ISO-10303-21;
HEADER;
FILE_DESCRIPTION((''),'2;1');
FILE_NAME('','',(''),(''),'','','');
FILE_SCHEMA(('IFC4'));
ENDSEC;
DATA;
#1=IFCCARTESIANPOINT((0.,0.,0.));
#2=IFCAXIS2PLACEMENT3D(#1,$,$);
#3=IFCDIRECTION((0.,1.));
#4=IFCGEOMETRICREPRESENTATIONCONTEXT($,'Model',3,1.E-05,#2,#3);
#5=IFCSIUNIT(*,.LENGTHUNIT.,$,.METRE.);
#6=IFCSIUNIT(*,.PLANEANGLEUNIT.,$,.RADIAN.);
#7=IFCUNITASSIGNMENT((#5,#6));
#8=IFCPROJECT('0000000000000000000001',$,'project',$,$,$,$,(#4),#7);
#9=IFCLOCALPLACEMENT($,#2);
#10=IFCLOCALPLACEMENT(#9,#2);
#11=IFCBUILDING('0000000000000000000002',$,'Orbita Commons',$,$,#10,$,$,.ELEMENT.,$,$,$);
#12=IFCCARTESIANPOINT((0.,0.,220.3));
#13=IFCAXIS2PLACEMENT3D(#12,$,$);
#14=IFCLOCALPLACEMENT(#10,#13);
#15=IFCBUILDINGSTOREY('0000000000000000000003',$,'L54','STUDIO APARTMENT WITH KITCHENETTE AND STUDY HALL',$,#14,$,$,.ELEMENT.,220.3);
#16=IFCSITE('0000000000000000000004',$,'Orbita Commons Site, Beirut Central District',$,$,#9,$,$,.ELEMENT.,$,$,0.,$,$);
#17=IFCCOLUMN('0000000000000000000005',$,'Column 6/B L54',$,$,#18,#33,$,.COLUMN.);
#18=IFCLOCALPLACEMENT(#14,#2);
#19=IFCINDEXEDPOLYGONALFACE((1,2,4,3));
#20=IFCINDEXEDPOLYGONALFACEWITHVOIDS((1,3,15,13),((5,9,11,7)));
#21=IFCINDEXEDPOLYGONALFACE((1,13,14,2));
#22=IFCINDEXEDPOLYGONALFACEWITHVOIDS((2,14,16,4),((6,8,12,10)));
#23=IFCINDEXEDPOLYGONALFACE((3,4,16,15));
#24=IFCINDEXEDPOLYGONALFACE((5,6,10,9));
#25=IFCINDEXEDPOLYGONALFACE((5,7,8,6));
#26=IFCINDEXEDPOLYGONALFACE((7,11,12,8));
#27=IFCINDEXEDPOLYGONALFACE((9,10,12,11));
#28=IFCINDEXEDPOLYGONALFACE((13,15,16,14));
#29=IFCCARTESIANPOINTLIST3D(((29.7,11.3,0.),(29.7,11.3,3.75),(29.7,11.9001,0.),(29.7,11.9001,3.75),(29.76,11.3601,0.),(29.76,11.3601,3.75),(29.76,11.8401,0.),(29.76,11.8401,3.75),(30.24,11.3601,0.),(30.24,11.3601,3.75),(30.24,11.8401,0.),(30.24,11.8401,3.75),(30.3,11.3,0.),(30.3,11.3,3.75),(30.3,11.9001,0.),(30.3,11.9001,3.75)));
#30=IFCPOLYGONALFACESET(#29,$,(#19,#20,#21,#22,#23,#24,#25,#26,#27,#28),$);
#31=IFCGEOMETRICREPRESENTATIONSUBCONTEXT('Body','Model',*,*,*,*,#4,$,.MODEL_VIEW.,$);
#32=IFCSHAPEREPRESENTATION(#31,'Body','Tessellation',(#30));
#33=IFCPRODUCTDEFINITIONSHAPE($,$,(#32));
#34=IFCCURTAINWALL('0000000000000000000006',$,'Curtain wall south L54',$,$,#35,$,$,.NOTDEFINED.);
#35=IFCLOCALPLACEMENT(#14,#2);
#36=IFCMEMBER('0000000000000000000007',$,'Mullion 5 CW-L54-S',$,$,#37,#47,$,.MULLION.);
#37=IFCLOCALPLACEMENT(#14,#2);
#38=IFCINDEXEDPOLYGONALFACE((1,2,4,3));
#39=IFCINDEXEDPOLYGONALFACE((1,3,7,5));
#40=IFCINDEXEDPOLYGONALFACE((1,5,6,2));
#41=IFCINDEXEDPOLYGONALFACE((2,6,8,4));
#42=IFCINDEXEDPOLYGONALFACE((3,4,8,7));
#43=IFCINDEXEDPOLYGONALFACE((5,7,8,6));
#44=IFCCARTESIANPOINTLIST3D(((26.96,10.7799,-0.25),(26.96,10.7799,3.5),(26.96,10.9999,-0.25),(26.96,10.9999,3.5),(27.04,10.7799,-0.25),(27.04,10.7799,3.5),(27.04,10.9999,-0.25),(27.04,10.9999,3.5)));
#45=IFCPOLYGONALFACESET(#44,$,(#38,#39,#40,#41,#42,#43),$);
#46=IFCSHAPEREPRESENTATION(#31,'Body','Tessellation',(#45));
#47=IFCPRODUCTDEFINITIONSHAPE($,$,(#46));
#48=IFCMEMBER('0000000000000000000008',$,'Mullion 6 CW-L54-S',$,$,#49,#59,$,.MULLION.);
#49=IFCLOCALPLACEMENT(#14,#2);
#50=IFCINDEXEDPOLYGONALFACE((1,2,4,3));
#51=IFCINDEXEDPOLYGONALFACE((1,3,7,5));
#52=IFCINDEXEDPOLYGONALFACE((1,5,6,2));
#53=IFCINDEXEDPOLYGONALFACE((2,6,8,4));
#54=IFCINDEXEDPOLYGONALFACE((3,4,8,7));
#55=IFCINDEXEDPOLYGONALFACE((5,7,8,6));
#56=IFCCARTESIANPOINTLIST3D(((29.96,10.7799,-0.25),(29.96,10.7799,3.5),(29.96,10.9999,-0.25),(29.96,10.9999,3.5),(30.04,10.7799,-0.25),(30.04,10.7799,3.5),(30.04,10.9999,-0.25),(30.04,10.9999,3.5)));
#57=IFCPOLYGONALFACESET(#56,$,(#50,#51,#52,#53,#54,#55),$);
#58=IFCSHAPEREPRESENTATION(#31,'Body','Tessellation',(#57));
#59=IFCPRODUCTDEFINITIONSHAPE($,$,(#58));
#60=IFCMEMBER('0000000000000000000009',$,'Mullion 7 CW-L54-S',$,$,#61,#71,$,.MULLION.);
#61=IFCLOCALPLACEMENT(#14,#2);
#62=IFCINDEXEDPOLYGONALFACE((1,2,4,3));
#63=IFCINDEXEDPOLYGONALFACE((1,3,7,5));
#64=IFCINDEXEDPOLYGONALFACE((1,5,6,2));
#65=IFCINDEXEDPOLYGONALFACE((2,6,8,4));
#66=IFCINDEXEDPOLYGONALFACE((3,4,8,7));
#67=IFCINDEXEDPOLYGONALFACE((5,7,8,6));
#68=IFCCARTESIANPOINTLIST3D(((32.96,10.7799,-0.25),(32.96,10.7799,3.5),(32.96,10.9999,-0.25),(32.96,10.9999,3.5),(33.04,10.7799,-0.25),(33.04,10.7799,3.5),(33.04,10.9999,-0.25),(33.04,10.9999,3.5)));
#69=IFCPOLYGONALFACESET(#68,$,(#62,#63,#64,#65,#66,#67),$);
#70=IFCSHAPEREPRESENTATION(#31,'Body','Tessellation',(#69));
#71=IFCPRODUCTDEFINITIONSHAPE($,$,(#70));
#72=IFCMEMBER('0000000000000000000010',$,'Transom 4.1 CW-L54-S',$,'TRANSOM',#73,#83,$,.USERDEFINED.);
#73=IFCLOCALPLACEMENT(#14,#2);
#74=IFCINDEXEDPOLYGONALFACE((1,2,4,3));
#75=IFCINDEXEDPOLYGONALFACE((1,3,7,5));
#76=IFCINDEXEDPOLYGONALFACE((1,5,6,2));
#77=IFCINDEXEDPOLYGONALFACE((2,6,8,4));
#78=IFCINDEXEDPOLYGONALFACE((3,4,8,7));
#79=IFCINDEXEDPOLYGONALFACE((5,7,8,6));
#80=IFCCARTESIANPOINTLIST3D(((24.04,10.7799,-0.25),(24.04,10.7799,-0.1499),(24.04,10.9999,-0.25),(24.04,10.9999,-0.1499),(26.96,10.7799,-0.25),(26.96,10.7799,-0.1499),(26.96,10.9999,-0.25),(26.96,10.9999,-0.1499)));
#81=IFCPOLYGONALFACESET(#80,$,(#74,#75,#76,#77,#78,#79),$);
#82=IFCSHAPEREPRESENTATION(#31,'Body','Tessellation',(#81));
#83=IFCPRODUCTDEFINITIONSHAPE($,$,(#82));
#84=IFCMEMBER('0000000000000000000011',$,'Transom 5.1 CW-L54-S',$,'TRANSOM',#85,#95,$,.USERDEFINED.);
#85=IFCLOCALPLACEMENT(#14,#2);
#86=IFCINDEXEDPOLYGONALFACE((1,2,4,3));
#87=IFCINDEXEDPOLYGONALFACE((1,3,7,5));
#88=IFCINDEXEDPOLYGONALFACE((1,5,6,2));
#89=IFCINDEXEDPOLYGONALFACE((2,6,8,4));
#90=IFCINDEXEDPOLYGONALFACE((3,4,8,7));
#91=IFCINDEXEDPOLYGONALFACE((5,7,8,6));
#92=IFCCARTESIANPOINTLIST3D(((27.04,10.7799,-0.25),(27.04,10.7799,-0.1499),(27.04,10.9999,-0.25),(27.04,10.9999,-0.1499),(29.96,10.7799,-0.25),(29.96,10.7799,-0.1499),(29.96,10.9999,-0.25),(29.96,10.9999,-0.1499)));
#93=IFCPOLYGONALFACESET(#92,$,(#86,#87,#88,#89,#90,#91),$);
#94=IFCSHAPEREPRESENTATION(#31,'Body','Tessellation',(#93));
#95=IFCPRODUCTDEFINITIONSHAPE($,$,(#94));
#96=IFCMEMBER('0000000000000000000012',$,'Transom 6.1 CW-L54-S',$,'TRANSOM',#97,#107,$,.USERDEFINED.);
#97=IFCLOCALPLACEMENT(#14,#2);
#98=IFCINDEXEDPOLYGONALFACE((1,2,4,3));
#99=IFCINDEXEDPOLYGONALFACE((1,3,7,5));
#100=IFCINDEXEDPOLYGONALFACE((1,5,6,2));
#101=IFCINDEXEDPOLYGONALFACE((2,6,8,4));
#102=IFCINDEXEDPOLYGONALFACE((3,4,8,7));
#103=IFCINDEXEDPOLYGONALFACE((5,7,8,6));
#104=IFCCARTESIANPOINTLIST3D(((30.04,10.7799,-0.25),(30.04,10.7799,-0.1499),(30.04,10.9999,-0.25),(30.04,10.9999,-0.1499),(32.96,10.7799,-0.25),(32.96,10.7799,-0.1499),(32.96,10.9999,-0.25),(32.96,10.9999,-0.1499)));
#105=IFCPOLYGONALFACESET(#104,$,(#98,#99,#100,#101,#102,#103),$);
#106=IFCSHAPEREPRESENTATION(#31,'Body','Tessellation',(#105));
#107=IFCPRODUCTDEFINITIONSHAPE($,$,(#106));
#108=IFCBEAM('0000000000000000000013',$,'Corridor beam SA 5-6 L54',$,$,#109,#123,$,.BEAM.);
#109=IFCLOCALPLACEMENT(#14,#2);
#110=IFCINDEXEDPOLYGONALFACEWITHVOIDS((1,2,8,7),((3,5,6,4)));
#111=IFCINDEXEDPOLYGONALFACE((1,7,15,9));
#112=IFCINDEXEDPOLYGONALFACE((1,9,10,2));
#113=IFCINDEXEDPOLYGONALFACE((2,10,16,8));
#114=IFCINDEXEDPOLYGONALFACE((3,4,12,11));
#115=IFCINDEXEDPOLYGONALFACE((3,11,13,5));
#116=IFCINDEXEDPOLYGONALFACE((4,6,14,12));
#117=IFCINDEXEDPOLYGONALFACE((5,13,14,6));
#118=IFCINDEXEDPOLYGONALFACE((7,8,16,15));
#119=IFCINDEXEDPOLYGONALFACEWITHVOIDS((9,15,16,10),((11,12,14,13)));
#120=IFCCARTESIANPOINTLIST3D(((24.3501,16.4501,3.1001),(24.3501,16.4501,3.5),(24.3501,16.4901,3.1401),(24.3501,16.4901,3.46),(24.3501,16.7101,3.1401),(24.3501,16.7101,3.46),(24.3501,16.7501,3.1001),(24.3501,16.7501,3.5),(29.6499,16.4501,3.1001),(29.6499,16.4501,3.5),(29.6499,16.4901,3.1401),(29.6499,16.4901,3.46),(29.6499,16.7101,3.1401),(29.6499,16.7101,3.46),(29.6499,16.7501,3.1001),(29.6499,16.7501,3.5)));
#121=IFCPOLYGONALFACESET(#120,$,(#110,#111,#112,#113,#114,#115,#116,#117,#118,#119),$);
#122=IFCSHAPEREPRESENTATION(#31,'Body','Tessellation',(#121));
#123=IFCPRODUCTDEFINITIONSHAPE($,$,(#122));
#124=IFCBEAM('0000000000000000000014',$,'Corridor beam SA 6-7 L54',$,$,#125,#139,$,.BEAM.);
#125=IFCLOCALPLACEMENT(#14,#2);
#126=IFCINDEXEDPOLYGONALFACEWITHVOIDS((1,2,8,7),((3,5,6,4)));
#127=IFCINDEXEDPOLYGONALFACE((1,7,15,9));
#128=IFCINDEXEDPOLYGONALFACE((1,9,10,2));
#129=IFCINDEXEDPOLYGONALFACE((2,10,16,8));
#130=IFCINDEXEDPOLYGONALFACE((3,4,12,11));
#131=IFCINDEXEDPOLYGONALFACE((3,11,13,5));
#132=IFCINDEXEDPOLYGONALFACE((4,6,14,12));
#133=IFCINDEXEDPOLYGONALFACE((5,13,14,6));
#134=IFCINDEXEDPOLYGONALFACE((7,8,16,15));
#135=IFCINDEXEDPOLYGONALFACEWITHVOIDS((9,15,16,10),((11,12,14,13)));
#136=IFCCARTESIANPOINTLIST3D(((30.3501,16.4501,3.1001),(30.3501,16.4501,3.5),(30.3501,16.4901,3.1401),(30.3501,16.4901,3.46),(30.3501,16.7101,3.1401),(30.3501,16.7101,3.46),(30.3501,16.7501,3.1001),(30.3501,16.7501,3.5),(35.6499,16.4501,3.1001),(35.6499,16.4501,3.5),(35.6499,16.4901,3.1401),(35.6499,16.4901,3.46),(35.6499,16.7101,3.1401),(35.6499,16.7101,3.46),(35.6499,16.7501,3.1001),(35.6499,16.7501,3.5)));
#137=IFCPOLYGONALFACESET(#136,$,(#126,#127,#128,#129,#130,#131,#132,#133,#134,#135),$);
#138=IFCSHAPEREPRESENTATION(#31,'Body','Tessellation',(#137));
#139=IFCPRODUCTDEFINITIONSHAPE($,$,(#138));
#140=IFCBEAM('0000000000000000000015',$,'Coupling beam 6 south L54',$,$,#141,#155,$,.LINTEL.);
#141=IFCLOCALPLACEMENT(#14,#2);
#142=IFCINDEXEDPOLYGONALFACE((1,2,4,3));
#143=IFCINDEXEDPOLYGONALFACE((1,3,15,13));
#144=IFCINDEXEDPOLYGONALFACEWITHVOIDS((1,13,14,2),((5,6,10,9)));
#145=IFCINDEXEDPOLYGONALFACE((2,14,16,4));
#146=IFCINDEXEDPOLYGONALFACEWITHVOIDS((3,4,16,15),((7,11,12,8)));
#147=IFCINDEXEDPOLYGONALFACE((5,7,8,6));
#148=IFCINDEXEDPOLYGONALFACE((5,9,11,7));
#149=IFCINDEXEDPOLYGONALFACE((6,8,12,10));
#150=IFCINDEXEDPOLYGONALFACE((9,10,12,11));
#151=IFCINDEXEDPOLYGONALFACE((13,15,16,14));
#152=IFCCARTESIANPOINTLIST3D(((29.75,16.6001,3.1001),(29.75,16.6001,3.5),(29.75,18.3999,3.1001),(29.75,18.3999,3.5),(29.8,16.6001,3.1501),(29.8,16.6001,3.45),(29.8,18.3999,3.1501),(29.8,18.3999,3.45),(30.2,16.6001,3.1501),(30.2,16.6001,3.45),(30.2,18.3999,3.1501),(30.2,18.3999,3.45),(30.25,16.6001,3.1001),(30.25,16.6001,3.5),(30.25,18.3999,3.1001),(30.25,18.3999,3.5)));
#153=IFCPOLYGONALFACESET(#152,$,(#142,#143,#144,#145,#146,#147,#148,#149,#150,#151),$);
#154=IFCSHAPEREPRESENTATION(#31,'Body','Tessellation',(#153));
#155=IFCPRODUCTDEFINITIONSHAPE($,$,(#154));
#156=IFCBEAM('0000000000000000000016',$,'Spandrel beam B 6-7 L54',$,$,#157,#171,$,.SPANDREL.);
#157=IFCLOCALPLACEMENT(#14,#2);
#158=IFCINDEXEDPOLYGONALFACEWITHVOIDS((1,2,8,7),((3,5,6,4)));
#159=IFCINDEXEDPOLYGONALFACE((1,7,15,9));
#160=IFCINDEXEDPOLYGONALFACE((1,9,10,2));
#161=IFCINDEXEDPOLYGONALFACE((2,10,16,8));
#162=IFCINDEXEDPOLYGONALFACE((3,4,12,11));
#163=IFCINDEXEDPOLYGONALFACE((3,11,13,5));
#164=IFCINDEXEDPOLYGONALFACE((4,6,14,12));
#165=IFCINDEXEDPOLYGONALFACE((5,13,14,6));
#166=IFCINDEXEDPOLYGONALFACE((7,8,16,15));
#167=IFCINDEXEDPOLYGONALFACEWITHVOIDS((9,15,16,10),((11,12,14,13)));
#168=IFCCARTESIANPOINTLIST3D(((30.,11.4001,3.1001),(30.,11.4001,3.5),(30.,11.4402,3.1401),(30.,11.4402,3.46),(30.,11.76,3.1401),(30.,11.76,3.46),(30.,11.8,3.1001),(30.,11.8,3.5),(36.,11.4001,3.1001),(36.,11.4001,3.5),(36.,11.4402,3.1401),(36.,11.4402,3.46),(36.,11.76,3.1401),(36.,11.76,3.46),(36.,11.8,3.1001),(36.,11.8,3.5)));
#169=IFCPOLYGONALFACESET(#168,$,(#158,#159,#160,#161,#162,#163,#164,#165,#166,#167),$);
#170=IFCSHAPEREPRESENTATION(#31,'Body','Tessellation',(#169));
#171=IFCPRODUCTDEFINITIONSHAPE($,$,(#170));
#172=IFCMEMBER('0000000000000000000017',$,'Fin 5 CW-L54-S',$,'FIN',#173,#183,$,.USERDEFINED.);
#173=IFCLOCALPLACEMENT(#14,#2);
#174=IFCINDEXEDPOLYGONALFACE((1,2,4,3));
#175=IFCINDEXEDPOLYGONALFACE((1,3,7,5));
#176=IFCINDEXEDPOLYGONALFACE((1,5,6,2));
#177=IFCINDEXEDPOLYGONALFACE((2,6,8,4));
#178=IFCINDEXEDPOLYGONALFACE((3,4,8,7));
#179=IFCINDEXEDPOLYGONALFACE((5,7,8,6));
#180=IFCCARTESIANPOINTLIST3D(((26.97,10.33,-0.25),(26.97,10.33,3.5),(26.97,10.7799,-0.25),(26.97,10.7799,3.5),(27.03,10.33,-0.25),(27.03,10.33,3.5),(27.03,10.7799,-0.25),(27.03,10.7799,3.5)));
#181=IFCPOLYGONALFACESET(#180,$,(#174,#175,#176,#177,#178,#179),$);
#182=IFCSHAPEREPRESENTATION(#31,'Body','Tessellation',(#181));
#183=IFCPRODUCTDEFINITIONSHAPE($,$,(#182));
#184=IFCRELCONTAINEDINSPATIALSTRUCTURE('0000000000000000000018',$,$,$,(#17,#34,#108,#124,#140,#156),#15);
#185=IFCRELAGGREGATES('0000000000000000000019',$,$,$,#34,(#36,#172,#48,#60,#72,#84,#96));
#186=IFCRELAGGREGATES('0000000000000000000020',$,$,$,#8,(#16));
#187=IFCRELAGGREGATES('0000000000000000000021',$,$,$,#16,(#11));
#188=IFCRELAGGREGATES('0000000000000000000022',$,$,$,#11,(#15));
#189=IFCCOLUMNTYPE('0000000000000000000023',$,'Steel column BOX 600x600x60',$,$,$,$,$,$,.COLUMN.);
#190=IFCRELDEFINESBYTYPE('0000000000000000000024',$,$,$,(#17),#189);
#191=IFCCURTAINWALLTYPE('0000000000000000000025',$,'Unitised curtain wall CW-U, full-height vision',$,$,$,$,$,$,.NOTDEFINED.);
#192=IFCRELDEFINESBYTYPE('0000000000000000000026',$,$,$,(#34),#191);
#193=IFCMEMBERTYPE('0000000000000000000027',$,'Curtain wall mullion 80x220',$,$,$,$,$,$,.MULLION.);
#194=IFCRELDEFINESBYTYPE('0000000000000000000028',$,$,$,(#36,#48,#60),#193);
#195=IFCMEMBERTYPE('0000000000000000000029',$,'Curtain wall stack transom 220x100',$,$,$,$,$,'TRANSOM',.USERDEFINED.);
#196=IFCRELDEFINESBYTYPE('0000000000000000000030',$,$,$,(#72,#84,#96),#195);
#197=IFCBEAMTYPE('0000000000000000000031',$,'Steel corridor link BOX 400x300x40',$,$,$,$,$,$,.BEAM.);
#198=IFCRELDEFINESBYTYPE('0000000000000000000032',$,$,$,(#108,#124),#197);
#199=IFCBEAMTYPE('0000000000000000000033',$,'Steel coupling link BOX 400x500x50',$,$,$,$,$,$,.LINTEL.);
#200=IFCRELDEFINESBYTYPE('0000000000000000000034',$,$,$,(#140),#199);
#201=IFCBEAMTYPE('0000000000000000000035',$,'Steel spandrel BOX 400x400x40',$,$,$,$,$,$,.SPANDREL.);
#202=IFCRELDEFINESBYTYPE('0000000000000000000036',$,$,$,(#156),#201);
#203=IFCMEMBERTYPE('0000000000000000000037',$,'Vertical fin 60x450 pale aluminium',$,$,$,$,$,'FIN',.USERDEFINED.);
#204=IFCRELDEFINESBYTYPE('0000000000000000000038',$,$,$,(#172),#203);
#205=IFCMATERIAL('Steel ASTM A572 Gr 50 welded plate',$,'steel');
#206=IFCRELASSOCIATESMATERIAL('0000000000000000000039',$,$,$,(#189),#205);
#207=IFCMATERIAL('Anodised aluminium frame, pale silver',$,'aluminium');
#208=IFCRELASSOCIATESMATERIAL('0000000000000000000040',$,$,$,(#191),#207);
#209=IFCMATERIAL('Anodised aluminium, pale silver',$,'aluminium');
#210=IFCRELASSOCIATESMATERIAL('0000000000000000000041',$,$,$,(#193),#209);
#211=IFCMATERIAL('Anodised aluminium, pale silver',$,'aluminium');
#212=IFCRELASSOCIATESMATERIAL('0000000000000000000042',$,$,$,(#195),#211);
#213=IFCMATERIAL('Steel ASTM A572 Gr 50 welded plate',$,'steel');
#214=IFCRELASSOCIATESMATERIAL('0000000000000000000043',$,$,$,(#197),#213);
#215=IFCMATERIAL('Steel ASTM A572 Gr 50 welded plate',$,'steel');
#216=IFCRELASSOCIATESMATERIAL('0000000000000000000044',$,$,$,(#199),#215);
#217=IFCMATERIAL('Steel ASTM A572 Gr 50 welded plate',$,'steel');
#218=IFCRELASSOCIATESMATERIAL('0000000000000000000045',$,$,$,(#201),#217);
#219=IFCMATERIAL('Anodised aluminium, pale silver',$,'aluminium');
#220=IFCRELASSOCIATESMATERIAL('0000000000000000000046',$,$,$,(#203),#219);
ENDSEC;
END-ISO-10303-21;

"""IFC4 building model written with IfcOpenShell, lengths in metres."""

from ifc_helpers import new_model, si_unit, direction, frame, origin, origin_2d, place, context, subcontext, project, spatial, rectangle, hollow_rectangle, extrude, material, material_profile, profile_set, type_object, element, aggregate, save


model = new_model("IFC4")

# Units and contexts
model_context = context("Model", 3, precision=1e-05, world=origin(), true_north=direction((0.0, 1.0)))
body_context = subcontext(model_context, "Body", "Model", "MODEL_VIEW")
ifc_project = project(units=[si_unit("LENGTHUNIT", "METRE"), si_unit("PLANEANGLEUNIT", "RADIAN")], contexts=[model_context])

# Site, building, storey
site_placement = place(None, origin())
site = spatial("IfcSite", under=ifc_project, at=site_placement, Name="Orbita Commons Site, Beirut Central District", CompositionType="ELEMENT", RefElevation=0.0)
building_placement = place(site_placement, origin())
building = spatial("IfcBuilding", under=site, at=building_placement, Name="Orbita Commons", CompositionType="ELEMENT")
storey_placement = place(building_placement, frame((0.0, 0.0, 220.3)))
storey = spatial("IfcBuildingStorey", under=building, at=storey_placement, Name="L54", Description="STUDIO APARTMENT WITH KITCHENETTE AND STUDY HALL", CompositionType="ELEMENT", Elevation=220.3)

# Column
ifc_material_1 = material(Name="Steel ASTM A572 Gr 50 welded plate", Category="steel")
ifc_material_profile_1 = material_profile(ifc_material_1, hollow_rectangle(XDim=0.6001, YDim=0.6001, WallThickness=0.0601, at=origin_2d()), Name="BOX 600x600x60")
ifc_profile_set_1 = profile_set([ifc_material_profile_1], Name="Steel ASTM A572 Gr 50 welded plate")
column_type = type_object("IfcColumnType", Name="Steel column BOX 600x600x60", PredefinedType="COLUMN", material=ifc_profile_set_1)
column_placement = place(storey_placement, frame((30.0, 11.6001, 0.0), z_axis=(0.0, 0.0, 1.0), x_axis=(1.0, 0.0, 0.0)))
element("IfcColumn", 1, at=column_placement, inside=storey, type_object=column_type, Name="Column 6/B L54", PredefinedType="COLUMN", context=body_context, shape_type="SweptSolid", body=[
    extrude(hollow_rectangle(XDim=0.6001, YDim=0.6001, WallThickness=0.0601, at=origin_2d()), origin(), (0.0, 0.0, 1.0), 3.75),
])

# Curtain wall, members
ifc_material_2 = material(Name="Anodised aluminium frame, pale silver", Category="aluminium")
curtain_wall_type = type_object("IfcCurtainWallType", Name="Unitised curtain wall CW-U, full-height vision", PredefinedType="NOTDEFINED", material=ifc_material_2)
curtain_wall_placement = place(storey_placement, origin())
curtain_wall = element("IfcCurtainWall", 2, at=curtain_wall_placement, inside=storey, type_object=curtain_wall_type, Name="Curtain wall south L54", PredefinedType="NOTDEFINED")
ifc_material_3 = material(Name="Anodised aluminium, pale silver", Category="aluminium")
ifc_material_profile_2 = material_profile(ifc_material_3, rectangle(XDim=0.0801, YDim=0.22, at=origin_2d()), Name="AL 80x220")
ifc_profile_set_2 = profile_set([ifc_material_profile_2], Name="Anodised aluminium, pale silver")
member_type_1 = type_object("IfcMemberType", Name="Curtain wall mullion 80x220", PredefinedType="MULLION", material=ifc_profile_set_2)
member_1_placement = place(storey_placement, frame((27.0, 10.8899, -0.25), z_axis=(0.0, 0.0, 1.0), x_axis=(1.0, 0.0, 0.0)))
member_1 = element("IfcMember", 3, at=member_1_placement, type_object=member_type_1, Name="Mullion 5 CW-L54-S", PredefinedType="MULLION", context=body_context, shape_type="SweptSolid", body=[
    extrude(rectangle(XDim=0.0801, YDim=0.22, at=origin_2d()), origin(), (0.0, 0.0, 1.0), 3.75),
])
member_2_placement = place(storey_placement, frame((30.0, 10.8899, -0.25), z_axis=(0.0, 0.0, 1.0), x_axis=(1.0, 0.0, 0.0)))
member_2 = element("IfcMember", 4, at=member_2_placement, type_object=member_type_1, Name="Mullion 6 CW-L54-S", PredefinedType="MULLION", context=body_context, shape_type="SweptSolid", body=[
    extrude(rectangle(XDim=0.0801, YDim=0.22, at=origin_2d()), origin(), (0.0, 0.0, 1.0), 3.75),
])
member_3_placement = place(storey_placement, frame((33.0, 10.8899, -0.25), z_axis=(0.0, 0.0, 1.0), x_axis=(1.0, 0.0, 0.0)))
member_3 = element("IfcMember", 5, at=member_3_placement, type_object=member_type_1, Name="Mullion 7 CW-L54-S", PredefinedType="MULLION", context=body_context, shape_type="SweptSolid", body=[
    extrude(rectangle(XDim=0.0801, YDim=0.22, at=origin_2d()), origin(), (0.0, 0.0, 1.0), 3.75),
])
ifc_material_4 = material(Name="Anodised aluminium, pale silver", Category="aluminium")
ifc_material_profile_3 = material_profile(ifc_material_4, rectangle(XDim=0.22, YDim=0.1001, at=origin_2d()), Name="AL 220x100")
ifc_profile_set_3 = profile_set([ifc_material_profile_3], Name="Anodised aluminium, pale silver")
member_type_2 = type_object("IfcMemberType", Name="Curtain wall stack transom 220x100", ElementType="TRANSOM", PredefinedType="USERDEFINED", material=ifc_profile_set_3)
member_4_placement = place(storey_placement, frame((24.04, 10.8899, -0.2), z_axis=(1.0, 0.0, 0.0), x_axis=(0.0, 1.0, 0.0)))
member_4 = element("IfcMember", 6, at=member_4_placement, type_object=member_type_2, Name="Transom 4.1 CW-L54-S", ObjectType="TRANSOM", PredefinedType="USERDEFINED", context=body_context, shape_type="SweptSolid", body=[
    extrude(rectangle(XDim=0.22, YDim=0.1001, at=origin_2d()), origin(), (0.0, 0.0, 1.0), 2.9199),
])
member_5_placement = place(storey_placement, frame((27.04, 10.8899, -0.2), z_axis=(1.0, 0.0, 0.0), x_axis=(0.0, 1.0, 0.0)))
member_5 = element("IfcMember", 7, at=member_5_placement, type_object=member_type_2, Name="Transom 5.1 CW-L54-S", ObjectType="TRANSOM", PredefinedType="USERDEFINED", context=body_context, shape_type="SweptSolid", body=[
    extrude(rectangle(XDim=0.22, YDim=0.1001, at=origin_2d()), origin(), (0.0, 0.0, 1.0), 2.9199),
])
member_6_placement = place(storey_placement, frame((30.04, 10.8899, -0.2), z_axis=(1.0, 0.0, 0.0), x_axis=(0.0, 1.0, 0.0)))
member_6 = element("IfcMember", 8, at=member_6_placement, type_object=member_type_2, Name="Transom 6.1 CW-L54-S", ObjectType="TRANSOM", PredefinedType="USERDEFINED", context=body_context, shape_type="SweptSolid", body=[
    extrude(rectangle(XDim=0.22, YDim=0.1001, at=origin_2d()), origin(), (0.0, 0.0, 1.0), 2.9199),
])

# Beams
ifc_material_5 = material(Name="Steel ASTM A572 Gr 50 welded plate", Category="steel")
ifc_material_profile_4 = material_profile(ifc_material_5, hollow_rectangle(XDim=0.3, YDim=0.3999, WallThickness=0.04, at=origin_2d()), Name="BOX 400x300x40")
ifc_profile_set_4 = profile_set([ifc_material_profile_4], Name="Steel ASTM A572 Gr 50 welded plate")
beam_type_1 = type_object("IfcBeamType", Name="Steel corridor link BOX 400x300x40", PredefinedType="BEAM", material=ifc_profile_set_4)
for number, where, z_axis, x_axis, name in (
    (9, (24.3501, 16.6001, 3.3), (1.0, 0.0, 0.0), (0.0, 1.0, 0.0), "Corridor beam SA 5-6 L54"),
    (10, (30.3501, 16.6001, 3.3), (1.0, 0.0, 0.0), (0.0, 1.0, 0.0), "Corridor beam SA 6-7 L54"),
):
    element("IfcBeam", number, at=place(storey_placement, frame(where, z_axis=z_axis, x_axis=x_axis)), inside=storey, type_object=beam_type_1, Name=name, PredefinedType="BEAM", context=body_context, shape_type="SweptSolid", body=[
        extrude(hollow_rectangle(XDim=0.3, YDim=0.3999, WallThickness=0.04, at=origin_2d()), origin(), (0.0, 0.0, 1.0), 5.2998),
    ])
ifc_material_6 = material(Name="Steel ASTM A572 Gr 50 welded plate", Category="steel")
ifc_material_profile_5 = material_profile(ifc_material_6, hollow_rectangle(XDim=0.5, YDim=0.3999, WallThickness=0.05, at=origin_2d()), Name="BOX 400x500x50")
ifc_profile_set_5 = profile_set([ifc_material_profile_5], Name="Steel ASTM A572 Gr 50 welded plate")
beam_type_2 = type_object("IfcBeamType", Name="Steel coupling link BOX 400x500x50", PredefinedType="LINTEL", material=ifc_profile_set_5)
beam_1_placement = place(storey_placement, frame((30.0, 16.6001, 3.3), z_axis=(0.0, 1.0, 0.0), x_axis=(-1.0, 0.0, 0.0)))
element("IfcBeam", 11, at=beam_1_placement, inside=storey, type_object=beam_type_2, Name="Coupling beam 6 south L54", PredefinedType="LINTEL", context=body_context, shape_type="SweptSolid", body=[
    extrude(hollow_rectangle(XDim=0.5, YDim=0.3999, WallThickness=0.05, at=origin_2d()), origin(), (0.0, 0.0, 1.0), 1.7998),
])
ifc_material_7 = material(Name="Steel ASTM A572 Gr 50 welded plate", Category="steel")
ifc_material_profile_6 = material_profile(ifc_material_7, hollow_rectangle(XDim=0.3999, YDim=0.3999, WallThickness=0.04, at=origin_2d()), Name="BOX 400x400x40")
ifc_profile_set_6 = profile_set([ifc_material_profile_6], Name="Steel ASTM A572 Gr 50 welded plate")
beam_type_3 = type_object("IfcBeamType", Name="Steel spandrel BOX 400x400x40", PredefinedType="SPANDREL", material=ifc_profile_set_6)
beam_2_placement = place(storey_placement, frame((30.0, 11.6001, 3.3), z_axis=(1.0, 0.0, 0.0), x_axis=(0.0, 1.0, 0.0)))
element("IfcBeam", 12, at=beam_2_placement, inside=storey, type_object=beam_type_3, Name="Spandrel beam B 6-7 L54", PredefinedType="SPANDREL", context=body_context, shape_type="SweptSolid", body=[
    extrude(hollow_rectangle(XDim=0.3999, YDim=0.3999, WallThickness=0.04, at=origin_2d()), origin(), (0.0, 0.0, 1.0), 6.0),
])

# Member
ifc_material_8 = material(Name="Anodised aluminium, pale silver", Category="aluminium")
ifc_material_profile_7 = material_profile(ifc_material_8, rectangle(XDim=0.0601, YDim=0.45, at=origin_2d()), Name="FIN 60x450")
ifc_profile_set_7 = profile_set([ifc_material_profile_7], Name="Anodised aluminium, pale silver")
member_type_3 = type_object("IfcMemberType", Name="Vertical fin 60x450 pale aluminium", ElementType="FIN", PredefinedType="USERDEFINED", material=ifc_profile_set_7)
member_7_placement = place(storey_placement, frame((27.0, 10.5549, -0.25), z_axis=(0.0, 0.0, 1.0), x_axis=(1.0, 0.0, 0.0)))
member_7 = element("IfcMember", 13, at=member_7_placement, type_object=member_type_3, Name="Fin 5 CW-L54-S", ObjectType="FIN", PredefinedType="USERDEFINED", context=body_context, shape_type="SweptSolid", body=[
    extrude(rectangle(XDim=0.0601, YDim=0.45, at=origin_2d()), origin(), (0.0, 0.0, 1.0), 3.75),
])

aggregate(curtain_wall, [member_1, member_7, member_2, member_3, member_4, member_5, member_6])

save(model, "model.ifc")
